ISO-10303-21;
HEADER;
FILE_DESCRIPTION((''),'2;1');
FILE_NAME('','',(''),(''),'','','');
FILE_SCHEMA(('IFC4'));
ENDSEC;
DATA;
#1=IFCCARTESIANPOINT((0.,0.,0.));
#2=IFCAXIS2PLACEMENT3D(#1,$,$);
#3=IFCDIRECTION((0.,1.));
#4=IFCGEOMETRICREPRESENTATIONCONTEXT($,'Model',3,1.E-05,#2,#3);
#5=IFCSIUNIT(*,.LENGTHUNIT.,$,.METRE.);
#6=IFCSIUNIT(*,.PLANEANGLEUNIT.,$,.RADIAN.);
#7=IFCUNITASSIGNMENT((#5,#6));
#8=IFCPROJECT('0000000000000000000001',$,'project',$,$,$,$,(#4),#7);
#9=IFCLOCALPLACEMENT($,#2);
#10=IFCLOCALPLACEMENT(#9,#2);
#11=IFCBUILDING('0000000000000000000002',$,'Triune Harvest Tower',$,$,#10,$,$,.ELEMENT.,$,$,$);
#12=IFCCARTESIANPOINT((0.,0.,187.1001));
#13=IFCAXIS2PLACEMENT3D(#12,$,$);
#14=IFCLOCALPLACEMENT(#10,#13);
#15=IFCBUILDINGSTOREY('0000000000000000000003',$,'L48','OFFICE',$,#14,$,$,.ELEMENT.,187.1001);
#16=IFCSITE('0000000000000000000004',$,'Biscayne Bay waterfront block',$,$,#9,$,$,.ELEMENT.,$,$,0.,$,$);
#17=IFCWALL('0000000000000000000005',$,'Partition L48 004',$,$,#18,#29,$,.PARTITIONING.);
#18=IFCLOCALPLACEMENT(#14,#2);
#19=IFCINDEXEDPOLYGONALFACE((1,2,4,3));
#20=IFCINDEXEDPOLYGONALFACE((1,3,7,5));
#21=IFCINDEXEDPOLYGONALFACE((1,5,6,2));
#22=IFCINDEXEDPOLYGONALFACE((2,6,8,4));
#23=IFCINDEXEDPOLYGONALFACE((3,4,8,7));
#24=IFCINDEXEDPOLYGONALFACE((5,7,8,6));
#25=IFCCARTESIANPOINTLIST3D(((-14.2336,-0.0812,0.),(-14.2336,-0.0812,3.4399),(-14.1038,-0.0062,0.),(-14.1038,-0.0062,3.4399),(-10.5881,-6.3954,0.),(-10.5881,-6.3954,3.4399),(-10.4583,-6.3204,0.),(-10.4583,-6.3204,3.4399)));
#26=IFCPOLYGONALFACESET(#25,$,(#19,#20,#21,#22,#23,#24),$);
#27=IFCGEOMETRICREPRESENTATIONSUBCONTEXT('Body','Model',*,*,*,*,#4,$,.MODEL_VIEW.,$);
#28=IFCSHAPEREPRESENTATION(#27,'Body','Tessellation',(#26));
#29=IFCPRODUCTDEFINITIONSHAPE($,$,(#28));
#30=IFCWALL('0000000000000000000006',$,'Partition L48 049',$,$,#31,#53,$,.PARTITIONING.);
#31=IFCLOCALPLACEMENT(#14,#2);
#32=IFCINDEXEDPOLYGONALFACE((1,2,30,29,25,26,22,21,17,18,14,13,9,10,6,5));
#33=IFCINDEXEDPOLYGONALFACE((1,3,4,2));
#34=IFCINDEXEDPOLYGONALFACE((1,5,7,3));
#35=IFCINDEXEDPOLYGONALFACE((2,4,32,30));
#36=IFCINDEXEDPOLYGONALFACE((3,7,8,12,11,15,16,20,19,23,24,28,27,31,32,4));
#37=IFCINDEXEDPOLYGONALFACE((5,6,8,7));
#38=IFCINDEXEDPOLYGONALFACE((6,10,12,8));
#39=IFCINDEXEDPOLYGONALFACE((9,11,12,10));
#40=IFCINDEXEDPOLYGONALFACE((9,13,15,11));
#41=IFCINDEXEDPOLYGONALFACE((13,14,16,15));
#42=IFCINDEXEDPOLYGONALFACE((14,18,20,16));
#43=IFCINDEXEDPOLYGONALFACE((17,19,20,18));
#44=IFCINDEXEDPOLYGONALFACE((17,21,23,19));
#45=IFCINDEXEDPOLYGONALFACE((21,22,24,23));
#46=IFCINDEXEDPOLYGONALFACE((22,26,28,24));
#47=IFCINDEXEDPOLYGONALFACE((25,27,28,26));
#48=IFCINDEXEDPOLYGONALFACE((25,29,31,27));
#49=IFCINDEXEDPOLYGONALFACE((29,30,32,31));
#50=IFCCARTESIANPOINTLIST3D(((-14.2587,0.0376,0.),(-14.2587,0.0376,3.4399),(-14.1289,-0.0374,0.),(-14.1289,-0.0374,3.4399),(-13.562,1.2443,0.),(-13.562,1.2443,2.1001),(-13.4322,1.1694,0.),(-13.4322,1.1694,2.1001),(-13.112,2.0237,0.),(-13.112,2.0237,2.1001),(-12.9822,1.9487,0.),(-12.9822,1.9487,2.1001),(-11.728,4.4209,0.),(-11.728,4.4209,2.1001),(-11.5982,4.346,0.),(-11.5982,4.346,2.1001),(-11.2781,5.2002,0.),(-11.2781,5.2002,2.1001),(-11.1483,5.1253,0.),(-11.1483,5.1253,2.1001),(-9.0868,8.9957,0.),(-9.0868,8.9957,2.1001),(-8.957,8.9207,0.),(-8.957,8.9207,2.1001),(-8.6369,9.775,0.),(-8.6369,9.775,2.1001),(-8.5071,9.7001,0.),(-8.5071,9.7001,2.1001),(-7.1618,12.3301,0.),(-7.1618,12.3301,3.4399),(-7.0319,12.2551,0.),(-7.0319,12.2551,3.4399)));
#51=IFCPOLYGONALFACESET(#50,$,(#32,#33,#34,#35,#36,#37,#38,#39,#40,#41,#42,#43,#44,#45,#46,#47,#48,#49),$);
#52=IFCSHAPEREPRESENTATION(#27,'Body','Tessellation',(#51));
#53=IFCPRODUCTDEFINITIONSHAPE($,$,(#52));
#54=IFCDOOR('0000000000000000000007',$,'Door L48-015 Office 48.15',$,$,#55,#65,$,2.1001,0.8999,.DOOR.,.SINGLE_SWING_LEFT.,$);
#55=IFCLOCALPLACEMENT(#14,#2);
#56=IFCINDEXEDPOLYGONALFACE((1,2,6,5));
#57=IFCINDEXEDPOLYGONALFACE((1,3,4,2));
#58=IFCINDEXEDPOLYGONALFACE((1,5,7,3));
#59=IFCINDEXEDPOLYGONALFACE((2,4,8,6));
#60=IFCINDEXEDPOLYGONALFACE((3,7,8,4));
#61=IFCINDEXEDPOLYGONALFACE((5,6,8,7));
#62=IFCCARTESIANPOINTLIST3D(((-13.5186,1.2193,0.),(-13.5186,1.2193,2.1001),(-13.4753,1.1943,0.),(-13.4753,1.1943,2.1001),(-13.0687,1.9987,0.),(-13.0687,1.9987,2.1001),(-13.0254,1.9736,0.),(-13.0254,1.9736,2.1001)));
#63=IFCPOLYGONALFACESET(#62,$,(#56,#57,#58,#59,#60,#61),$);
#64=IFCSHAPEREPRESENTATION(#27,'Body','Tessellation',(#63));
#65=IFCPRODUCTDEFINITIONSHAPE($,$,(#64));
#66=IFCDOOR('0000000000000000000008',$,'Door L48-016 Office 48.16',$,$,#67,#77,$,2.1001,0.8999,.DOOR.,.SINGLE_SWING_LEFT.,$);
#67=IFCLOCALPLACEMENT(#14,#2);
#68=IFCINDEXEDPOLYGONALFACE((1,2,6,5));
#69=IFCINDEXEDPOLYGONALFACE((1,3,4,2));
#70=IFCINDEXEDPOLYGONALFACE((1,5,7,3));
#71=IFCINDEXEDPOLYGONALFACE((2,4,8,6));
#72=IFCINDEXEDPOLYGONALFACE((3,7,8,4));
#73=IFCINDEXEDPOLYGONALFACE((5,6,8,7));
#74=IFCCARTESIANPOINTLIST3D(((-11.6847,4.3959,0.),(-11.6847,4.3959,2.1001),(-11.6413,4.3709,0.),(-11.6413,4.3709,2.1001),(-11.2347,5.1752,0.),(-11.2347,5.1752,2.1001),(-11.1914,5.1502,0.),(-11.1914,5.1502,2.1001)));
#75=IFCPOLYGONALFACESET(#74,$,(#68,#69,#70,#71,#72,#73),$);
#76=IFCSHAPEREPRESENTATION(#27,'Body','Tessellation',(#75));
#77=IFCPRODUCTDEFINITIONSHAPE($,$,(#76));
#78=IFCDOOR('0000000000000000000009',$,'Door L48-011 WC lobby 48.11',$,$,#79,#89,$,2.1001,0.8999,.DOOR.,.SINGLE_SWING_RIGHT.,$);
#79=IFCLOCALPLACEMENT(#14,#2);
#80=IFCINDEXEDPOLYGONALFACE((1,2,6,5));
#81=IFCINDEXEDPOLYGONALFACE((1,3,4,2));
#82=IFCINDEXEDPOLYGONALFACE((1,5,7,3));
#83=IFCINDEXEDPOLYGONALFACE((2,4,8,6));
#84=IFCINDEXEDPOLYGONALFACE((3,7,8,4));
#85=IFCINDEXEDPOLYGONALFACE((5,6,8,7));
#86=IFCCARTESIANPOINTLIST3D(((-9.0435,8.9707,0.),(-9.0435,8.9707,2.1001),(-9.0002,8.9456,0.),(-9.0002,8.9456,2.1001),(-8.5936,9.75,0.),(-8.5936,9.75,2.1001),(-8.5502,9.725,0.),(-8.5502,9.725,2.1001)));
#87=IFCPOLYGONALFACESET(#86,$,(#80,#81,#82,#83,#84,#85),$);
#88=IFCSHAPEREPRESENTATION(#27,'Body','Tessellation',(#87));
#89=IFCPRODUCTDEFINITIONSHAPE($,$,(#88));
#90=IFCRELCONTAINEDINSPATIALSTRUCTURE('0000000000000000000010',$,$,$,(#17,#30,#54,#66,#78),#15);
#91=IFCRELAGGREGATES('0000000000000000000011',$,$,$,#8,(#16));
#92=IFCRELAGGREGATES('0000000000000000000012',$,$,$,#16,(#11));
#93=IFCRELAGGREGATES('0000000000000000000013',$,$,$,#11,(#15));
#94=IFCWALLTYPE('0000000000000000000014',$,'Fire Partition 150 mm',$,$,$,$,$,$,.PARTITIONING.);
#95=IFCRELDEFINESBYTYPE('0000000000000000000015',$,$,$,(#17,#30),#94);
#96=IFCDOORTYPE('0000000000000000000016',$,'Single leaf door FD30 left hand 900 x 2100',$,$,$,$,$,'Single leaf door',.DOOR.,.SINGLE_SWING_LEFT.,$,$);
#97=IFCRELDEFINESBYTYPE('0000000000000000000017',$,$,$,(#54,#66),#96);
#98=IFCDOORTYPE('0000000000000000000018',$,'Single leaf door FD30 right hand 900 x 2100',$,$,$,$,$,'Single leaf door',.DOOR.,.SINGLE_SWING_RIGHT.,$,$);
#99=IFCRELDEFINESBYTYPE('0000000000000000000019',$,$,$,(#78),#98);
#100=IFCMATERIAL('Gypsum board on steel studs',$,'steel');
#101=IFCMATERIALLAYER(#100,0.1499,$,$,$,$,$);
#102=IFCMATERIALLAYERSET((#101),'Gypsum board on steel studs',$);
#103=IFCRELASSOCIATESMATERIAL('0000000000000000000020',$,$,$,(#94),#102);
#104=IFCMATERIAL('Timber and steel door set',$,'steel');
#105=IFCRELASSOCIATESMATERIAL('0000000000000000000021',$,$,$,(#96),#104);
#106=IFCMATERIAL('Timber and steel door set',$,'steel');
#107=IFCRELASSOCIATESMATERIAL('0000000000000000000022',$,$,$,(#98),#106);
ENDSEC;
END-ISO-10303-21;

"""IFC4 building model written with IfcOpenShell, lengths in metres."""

from ifc_helpers import new_model, si_unit, direction, frame, frame_2d, origin, place, context, subcontext, project, spatial, rectangle, extrude, source, transform, mapped, material, layer, layer_set, type_object, element, fill, save


model = new_model("IFC4")

# Units and contexts
model_context = context("Model", 3, precision=1e-05, world=origin(), true_north=direction((0.0, 1.0)))
body_context = subcontext(model_context, "Body", "Model", "MODEL_VIEW")
ifc_project = project(units=[si_unit("LENGTHUNIT", "METRE"), si_unit("PLANEANGLEUNIT", "RADIAN")], contexts=[model_context])

# Site, building, storey
site_placement = place(None, origin())
site = spatial("IfcSite", under=ifc_project, at=site_placement, Name="Biscayne Bay waterfront block", CompositionType="ELEMENT", RefElevation=0.0)
building_placement = place(site_placement, origin())
building = spatial("IfcBuilding", under=site, at=building_placement, Name="Triune Harvest Tower", CompositionType="ELEMENT")
storey_placement = place(building_placement, frame((0.0, 0.0, 187.1001)))
storey = spatial("IfcBuildingStorey", under=building, at=storey_placement, Name="L48", Description="OFFICE", CompositionType="ELEMENT", Elevation=187.1001)

# Wall
ifc_material_1 = material(Name="Gypsum board on steel studs", Category="steel")
ifc_layer_1 = layer(ifc_material_1, 0.1499)
ifc_layer_set_1 = layer_set([ifc_layer_1], Name="Gypsum board on steel studs")
wall_type_1 = type_object("IfcWallType", Name="Fire Partition 150 mm", PredefinedType="PARTITIONING", material=ifc_layer_set_1)
shared_shape_1 = source(origin(), body_context, "Body", "SweptSolid", [
    extrude(rectangle(XDim=7.291, YDim=0.1499, at=frame_2d((3.6455, 0.0))), origin(), (0.0, 0.0, 1.0), 3.4399),
])
wall_1_placement = place(storey_placement, frame((-14.1687, -0.0437, 0.0), z_axis=(0.0, 0.0, 1.0), x_axis=(0.5, -0.866026, 0.0)))
element("IfcWall", 1, at=wall_1_placement, inside=storey, type_object=wall_type_1, Name="Partition L48 004", PredefinedType="PARTITIONING", context=body_context, shape_type="MappedRepresentation", body=[
    mapped(shared_shape_1, transform((0.0, 0.0, 0.0), scale=1.0)),
])

# Wall, openings, doors
shared_shape_2 = source(origin(), body_context, "Body", "SweptSolid", [
    extrude(rectangle(XDim=14.1941, YDim=0.1499, at=frame_2d((7.0972, 0.0))), origin(), (0.0, 0.0, 1.0), 3.4399),
])
wall_2_placement = place(storey_placement, frame((-14.1938, 0.0, 0.0), z_axis=(0.0, 0.0, 1.0), x_axis=(0.499992, 0.86603, 0.0)))
wall_2 = element("IfcWall", 2, at=wall_2_placement, inside=storey, type_object=wall_type_1, Name="Partition L48 049", PredefinedType="PARTITIONING", context=body_context, shape_type="MappedRepresentation", body=[
    mapped(shared_shape_2, transform((0.0, 0.0, 0.0), scale=1.0)),
])
opening_1_placement = place(wall_2_placement, frame((10.344, 0.0, 0.0)))
opening_1 = element("IfcOpeningElement", 3, at=opening_1_placement, cuts=wall_2, PredefinedType="OPENING", context=body_context, shape_type="SweptSolid", body=[
    extrude(rectangle(XDim=0.8999, YDim=2.1001, at=frame_2d((0.45, 1.05))), frame((0.0, 0.085, 0.0), z_axis=(0.0, -1.0, 0.0), x_axis=(1.0, 0.0, 0.0)), (0.0, 0.0, 1.0), 0.1699),
])
opening_2_placement = place(wall_2_placement, frame((1.3936, 0.0, 0.0)))
opening_2 = element("IfcOpeningElement", 4, at=opening_2_placement, cuts=wall_2, PredefinedType="OPENING", context=body_context, shape_type="SweptSolid", body=[
    extrude(rectangle(XDim=0.8999, YDim=2.1001, at=frame_2d((0.45, 1.05))), frame((0.0, 0.085, 0.0), z_axis=(0.0, -1.0, 0.0), x_axis=(1.0, 0.0, 0.0)), (0.0, 0.0, 1.0), 0.1699),
])
opening_3_placement = place(wall_2_placement, frame((5.0615, 0.0, 0.0)))
opening_3 = element("IfcOpeningElement", 5, at=opening_3_placement, cuts=wall_2, PredefinedType="OPENING", context=body_context, shape_type="SweptSolid", body=[
    extrude(rectangle(XDim=0.8999, YDim=2.1001, at=frame_2d((0.45, 1.05))), frame((0.0, 0.085, 0.0), z_axis=(0.0, -1.0, 0.0), x_axis=(1.0, 0.0, 0.0)), (0.0, 0.0, 1.0), 0.1699),
])
ifc_material_2 = material(Name="Timber and steel door set", Category="steel")
door_type_1 = type_object("IfcDoorType", Name="Single leaf door FD30 left hand 900 x 2100", ElementType="Single leaf door", OperationType="SINGLE_SWING_LEFT", PredefinedType="DOOR", material=ifc_material_2)
door_1_placement = place(opening_2_placement, origin())
door_1 = element("IfcDoor", 6, at=door_1_placement, inside=storey, type_object=door_type_1, Name="Door L48-015 Office 48.15", OperationType="SINGLE_SWING_LEFT", OverallHeight=2.1001, OverallWidth=0.8999, PredefinedType="DOOR", context=body_context, shape_type="SweptSolid", body=[
    extrude(rectangle(XDim=0.8999, YDim=2.1001, at=frame_2d((0.45, 1.05))), frame((0.0, 0.0249, 0.0), z_axis=(0.0, -1.0, 0.0), x_axis=(1.0, 0.0, 0.0)), (0.0, 0.0, 1.0), 0.05),
])
fill(opening_2, door_1)
door_2_placement = place(opening_3_placement, origin())
door_2 = element("IfcDoor", 7, at=door_2_placement, inside=storey, type_object=door_type_1, Name="Door L48-016 Office 48.16", OperationType="SINGLE_SWING_LEFT", OverallHeight=2.1001, OverallWidth=0.8999, PredefinedType="DOOR", context=body_context, shape_type="SweptSolid", body=[
    extrude(rectangle(XDim=0.8999, YDim=2.1001, at=frame_2d((0.45, 1.05))), frame((0.0, 0.0249, 0.0), z_axis=(0.0, -1.0, 0.0), x_axis=(1.0, 0.0, 0.0)), (0.0, 0.0, 1.0), 0.05),
])
fill(opening_3, door_2)
ifc_material_3 = material(Name="Timber and steel door set", Category="steel")
door_type_2 = type_object("IfcDoorType", Name="Single leaf door FD30 right hand 900 x 2100", ElementType="Single leaf door", OperationType="SINGLE_SWING_RIGHT", PredefinedType="DOOR", material=ifc_material_3)
door_3_placement = place(opening_1_placement, origin())
door_3 = element("IfcDoor", 8, at=door_3_placement, inside=storey, type_object=door_type_2, Name="Door L48-011 WC lobby 48.11", OperationType="SINGLE_SWING_RIGHT", OverallHeight=2.1001, OverallWidth=0.8999, PredefinedType="DOOR", context=body_context, shape_type="SweptSolid", body=[
    extrude(rectangle(XDim=0.8999, YDim=2.1001, at=frame_2d((0.45, 1.05))), frame((0.0, 0.0249, 0.0), z_axis=(0.0, -1.0, 0.0), x_axis=(1.0, 0.0, 0.0)), (0.0, 0.0, 1.0), 0.05),
])
fill(opening_1, door_3)

save(model, "model.ifc")
